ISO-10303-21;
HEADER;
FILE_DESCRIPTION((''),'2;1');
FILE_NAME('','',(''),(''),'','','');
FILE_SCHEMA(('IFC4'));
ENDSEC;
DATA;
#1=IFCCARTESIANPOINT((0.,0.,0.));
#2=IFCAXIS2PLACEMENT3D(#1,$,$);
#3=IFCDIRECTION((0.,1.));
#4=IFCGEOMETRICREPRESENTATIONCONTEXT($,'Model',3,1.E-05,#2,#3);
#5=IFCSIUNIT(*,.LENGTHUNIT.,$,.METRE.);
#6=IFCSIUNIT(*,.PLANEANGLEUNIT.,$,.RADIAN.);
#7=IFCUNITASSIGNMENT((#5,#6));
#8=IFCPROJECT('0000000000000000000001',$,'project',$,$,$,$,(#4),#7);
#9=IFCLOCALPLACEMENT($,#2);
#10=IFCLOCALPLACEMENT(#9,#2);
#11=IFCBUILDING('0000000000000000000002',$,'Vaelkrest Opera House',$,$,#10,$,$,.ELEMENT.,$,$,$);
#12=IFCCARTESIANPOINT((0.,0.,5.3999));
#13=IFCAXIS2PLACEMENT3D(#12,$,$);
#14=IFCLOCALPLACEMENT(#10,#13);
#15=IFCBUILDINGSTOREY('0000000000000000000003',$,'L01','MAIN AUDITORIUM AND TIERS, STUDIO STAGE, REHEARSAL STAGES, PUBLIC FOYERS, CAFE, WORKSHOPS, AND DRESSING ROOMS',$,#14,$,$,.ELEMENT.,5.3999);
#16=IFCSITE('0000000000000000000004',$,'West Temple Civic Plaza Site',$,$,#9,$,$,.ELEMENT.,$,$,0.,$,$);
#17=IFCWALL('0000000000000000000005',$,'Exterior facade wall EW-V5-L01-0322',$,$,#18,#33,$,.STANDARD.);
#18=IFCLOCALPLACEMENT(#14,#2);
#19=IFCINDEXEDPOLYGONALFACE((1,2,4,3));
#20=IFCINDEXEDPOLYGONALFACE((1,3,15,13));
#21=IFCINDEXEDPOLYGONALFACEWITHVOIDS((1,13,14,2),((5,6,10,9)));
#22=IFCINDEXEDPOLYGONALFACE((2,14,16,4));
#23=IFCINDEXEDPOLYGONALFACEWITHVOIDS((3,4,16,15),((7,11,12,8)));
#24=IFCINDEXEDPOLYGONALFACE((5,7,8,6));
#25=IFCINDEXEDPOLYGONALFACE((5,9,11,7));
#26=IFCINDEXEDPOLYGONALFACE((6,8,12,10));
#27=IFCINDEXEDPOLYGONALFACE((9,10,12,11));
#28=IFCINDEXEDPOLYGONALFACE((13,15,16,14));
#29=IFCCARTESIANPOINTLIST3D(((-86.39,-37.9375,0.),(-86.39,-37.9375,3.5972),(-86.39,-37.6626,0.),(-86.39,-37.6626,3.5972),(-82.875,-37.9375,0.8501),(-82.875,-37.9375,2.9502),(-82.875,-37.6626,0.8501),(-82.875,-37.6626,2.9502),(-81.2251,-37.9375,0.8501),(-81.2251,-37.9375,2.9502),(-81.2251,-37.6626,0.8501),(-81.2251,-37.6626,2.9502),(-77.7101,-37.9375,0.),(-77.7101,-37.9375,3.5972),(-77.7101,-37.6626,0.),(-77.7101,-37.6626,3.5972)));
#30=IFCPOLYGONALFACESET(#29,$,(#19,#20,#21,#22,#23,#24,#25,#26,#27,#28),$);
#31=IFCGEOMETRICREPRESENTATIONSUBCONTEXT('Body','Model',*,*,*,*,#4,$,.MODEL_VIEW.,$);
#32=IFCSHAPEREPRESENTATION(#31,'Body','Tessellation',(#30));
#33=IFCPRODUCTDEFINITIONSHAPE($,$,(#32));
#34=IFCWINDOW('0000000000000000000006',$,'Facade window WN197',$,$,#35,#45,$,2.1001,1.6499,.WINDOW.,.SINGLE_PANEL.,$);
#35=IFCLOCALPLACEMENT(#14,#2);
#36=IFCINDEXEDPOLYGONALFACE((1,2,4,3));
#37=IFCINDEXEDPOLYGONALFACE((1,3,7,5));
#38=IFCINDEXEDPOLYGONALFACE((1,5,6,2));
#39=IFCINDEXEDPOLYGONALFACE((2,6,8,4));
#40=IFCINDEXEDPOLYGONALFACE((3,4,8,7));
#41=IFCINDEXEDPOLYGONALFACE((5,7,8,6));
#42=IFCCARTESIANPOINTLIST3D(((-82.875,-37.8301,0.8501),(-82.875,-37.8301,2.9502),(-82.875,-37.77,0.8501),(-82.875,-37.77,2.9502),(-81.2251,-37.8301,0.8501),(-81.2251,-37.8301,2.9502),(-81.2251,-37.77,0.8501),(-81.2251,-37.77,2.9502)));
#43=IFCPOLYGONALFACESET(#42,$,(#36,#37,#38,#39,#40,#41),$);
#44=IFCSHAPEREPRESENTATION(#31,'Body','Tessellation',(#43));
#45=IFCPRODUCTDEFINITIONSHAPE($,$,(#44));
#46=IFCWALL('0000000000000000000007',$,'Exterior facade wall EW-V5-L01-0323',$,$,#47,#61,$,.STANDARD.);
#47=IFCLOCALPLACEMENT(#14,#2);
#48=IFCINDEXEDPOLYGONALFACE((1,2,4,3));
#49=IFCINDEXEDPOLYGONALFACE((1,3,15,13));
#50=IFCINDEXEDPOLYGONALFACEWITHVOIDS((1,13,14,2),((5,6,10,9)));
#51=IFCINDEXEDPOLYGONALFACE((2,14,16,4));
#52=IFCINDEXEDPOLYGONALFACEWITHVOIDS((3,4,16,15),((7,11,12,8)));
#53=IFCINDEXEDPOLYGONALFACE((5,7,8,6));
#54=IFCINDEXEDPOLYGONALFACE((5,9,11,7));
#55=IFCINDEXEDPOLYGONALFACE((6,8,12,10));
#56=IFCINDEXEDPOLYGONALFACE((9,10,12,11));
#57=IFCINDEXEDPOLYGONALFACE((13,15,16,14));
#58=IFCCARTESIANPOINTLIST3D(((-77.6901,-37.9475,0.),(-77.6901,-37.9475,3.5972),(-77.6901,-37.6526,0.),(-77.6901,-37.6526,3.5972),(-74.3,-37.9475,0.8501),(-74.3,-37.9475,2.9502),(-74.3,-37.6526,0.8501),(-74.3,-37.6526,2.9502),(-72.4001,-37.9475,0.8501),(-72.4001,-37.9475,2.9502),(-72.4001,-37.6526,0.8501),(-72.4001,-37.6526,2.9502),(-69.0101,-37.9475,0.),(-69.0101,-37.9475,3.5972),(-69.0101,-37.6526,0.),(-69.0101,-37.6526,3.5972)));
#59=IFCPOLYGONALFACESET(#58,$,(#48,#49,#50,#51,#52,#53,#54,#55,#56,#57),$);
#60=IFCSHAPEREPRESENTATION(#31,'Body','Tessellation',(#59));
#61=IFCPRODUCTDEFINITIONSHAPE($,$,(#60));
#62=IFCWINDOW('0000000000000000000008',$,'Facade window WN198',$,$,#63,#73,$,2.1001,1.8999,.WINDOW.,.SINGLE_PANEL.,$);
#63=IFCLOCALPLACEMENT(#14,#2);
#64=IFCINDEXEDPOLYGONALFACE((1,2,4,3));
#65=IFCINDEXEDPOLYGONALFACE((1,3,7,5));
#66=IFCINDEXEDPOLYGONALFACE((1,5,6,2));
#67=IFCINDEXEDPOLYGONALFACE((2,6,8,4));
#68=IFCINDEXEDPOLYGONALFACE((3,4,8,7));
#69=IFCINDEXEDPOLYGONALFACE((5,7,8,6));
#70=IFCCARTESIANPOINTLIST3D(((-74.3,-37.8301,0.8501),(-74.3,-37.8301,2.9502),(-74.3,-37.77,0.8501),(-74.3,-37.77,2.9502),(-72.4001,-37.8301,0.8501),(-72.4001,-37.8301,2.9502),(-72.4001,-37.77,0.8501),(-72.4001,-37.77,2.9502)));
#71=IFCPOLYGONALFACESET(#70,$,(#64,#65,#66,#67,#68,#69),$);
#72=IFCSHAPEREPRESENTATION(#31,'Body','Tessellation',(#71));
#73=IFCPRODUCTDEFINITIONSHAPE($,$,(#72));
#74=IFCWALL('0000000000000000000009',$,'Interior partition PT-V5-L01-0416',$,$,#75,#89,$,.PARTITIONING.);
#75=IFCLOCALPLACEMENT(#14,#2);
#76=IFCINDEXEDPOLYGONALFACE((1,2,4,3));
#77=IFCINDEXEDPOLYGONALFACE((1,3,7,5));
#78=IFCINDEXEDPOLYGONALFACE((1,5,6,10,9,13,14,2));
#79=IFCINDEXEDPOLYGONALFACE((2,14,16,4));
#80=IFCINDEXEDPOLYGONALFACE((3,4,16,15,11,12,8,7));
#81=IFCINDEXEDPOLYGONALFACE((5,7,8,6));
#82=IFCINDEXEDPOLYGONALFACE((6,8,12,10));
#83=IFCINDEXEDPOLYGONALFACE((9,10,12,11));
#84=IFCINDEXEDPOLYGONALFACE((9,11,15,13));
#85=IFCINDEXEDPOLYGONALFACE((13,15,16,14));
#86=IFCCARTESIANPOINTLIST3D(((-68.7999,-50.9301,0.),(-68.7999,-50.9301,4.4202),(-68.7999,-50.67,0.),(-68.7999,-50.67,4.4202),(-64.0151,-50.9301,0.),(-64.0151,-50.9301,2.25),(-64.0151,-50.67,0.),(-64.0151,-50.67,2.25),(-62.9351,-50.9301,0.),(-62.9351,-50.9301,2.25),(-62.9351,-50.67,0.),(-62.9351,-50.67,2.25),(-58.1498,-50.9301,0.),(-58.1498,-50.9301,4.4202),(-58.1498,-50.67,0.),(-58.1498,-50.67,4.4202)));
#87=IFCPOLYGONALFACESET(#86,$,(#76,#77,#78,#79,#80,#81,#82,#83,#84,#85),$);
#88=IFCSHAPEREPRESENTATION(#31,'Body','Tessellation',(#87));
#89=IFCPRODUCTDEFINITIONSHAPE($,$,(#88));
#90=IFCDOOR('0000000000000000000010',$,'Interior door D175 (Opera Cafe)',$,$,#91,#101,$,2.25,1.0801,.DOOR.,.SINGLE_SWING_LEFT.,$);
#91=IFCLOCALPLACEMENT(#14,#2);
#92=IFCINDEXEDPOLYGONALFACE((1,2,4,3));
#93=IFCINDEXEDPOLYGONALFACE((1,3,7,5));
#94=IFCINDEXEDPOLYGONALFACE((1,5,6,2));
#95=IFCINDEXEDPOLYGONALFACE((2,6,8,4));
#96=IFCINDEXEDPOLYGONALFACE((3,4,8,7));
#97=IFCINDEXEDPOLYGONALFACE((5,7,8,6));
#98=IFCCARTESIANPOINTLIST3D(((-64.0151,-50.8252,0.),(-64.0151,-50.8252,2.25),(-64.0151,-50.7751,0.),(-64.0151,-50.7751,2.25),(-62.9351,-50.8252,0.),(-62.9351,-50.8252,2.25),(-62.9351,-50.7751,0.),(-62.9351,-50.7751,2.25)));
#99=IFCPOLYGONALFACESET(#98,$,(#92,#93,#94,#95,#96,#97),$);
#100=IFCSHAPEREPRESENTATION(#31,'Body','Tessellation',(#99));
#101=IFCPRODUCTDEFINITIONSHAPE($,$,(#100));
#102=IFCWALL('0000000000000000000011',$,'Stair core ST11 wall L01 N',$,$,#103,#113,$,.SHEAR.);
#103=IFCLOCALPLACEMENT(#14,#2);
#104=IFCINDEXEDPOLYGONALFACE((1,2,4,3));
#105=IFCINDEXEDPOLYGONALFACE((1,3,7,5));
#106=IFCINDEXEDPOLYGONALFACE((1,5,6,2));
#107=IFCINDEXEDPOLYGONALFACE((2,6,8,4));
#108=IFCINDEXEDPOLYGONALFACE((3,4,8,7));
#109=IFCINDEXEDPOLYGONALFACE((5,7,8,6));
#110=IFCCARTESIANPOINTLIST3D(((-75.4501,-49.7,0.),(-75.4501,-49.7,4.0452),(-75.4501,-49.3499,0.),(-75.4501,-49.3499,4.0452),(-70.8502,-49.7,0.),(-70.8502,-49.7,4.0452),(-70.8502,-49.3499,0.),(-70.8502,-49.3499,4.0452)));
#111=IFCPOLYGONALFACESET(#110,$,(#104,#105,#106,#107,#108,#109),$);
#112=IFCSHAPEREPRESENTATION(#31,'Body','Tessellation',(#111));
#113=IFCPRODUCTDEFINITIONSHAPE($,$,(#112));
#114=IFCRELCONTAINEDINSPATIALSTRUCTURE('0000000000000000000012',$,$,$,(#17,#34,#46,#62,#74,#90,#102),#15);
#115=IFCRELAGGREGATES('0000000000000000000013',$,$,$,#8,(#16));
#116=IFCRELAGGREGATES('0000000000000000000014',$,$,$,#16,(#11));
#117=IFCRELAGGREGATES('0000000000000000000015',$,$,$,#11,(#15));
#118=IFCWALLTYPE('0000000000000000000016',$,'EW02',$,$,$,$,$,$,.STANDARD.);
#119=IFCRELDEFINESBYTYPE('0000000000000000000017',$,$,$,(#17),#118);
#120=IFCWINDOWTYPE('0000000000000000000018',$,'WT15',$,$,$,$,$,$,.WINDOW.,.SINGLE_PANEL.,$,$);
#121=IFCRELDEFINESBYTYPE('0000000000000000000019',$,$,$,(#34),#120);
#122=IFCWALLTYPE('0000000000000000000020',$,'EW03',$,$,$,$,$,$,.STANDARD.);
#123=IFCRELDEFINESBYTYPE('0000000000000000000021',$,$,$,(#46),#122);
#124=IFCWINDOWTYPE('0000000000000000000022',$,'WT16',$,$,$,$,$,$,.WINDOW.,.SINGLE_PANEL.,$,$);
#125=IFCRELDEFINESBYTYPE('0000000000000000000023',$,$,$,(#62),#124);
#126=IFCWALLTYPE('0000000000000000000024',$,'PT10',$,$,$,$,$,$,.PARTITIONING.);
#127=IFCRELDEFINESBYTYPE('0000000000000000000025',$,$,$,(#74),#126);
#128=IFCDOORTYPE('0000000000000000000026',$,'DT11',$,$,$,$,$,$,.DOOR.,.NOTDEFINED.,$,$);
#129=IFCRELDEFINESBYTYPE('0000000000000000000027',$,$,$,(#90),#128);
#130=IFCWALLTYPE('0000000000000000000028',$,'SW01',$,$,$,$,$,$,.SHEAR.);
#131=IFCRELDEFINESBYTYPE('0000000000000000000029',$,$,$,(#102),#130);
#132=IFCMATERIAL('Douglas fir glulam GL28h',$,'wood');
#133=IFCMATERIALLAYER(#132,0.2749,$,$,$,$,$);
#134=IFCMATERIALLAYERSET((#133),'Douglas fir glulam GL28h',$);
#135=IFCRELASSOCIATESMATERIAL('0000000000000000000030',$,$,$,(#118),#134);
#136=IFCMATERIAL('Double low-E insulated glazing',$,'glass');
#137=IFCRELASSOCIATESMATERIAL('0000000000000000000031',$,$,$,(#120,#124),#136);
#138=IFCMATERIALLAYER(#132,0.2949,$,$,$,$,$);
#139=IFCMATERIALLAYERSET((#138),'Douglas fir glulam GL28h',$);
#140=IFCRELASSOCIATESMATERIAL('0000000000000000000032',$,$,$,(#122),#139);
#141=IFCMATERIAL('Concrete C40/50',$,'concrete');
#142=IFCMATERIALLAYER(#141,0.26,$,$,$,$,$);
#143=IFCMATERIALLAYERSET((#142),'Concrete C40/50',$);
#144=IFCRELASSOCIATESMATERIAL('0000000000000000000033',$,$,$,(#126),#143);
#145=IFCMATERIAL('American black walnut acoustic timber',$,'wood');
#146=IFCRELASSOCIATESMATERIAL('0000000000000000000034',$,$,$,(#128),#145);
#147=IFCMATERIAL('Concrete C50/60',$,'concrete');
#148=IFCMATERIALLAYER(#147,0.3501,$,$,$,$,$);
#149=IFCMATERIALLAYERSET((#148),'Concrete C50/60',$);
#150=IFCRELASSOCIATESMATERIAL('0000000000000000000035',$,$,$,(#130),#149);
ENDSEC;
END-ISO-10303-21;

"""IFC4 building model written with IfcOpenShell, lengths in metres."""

from ifc_helpers import new_model, si_unit, direction, frame, frame_2d, origin, place, context, subcontext, project, spatial, rectangle, extrude, material, layer, layer_set, type_object, element, fill, save


model = new_model("IFC4")

# Units and contexts
model_context = context("Model", 3, precision=1e-05, world=origin(), true_north=direction((0.0, 1.0)))
body_context = subcontext(model_context, "Body", "Model", "MODEL_VIEW")
ifc_project = project(units=[si_unit("LENGTHUNIT", "METRE"), si_unit("PLANEANGLEUNIT", "RADIAN")], contexts=[model_context])

# Site, building, storey
site_placement = place(None, origin())
site = spatial("IfcSite", under=ifc_project, at=site_placement, Name="West Temple Civic Plaza Site", CompositionType="ELEMENT", RefElevation=0.0)
building_placement = place(site_placement, origin())
building = spatial("IfcBuilding", under=site, at=building_placement, Name="Vaelkrest Opera House", CompositionType="ELEMENT")
storey_placement = place(building_placement, frame((0.0, 0.0, 5.3999)))
storey = spatial("IfcBuildingStorey", under=building, at=storey_placement, Name="L01", Description="MAIN AUDITORIUM AND TIERS, STUDIO STAGE, REHEARSAL STAGES, PUBLIC FOYERS, CAFE, WORKSHOPS, AND DRESSING ROOMS", CompositionType="ELEMENT", Elevation=5.3999)

# Walls, openings, windows
ifc_material_1 = material(Name="Douglas fir glulam GL28h", Category="wood")
ifc_material_2 = material(Name="Double low-E insulated glazing", Category="glass")
ifc_layer_1 = layer(ifc_material_1, 0.2749)
ifc_layer_set_1 = layer_set([ifc_layer_1], Name="Douglas fir glulam GL28h")
wall_type_1 = type_object("IfcWallType", Name="EW02", PredefinedType="STANDARD", material=ifc_layer_set_1)
wall_1_placement = place(storey_placement, frame((-86.3899, -37.8, 0.0), z_axis=(0.0, 0.0, 1.0), x_axis=(1.0, 0.0, 0.0)))
wall_1 = element("IfcWall", 1, at=wall_1_placement, inside=storey, type_object=wall_type_1, Name="Exterior facade wall EW-V5-L01-0322", PredefinedType="STANDARD", context=body_context, shape_type="SweptSolid", body=[
    extrude(rectangle(XDim=8.6799, YDim=0.2749, at=frame_2d((4.3398, 0.0))), origin(), (0.0, 0.0, 1.0), 3.5972),
])
opening_1_placement = place(wall_1_placement, frame((3.5149, 0.0, 0.8501)))
opening_1 = element("IfcOpeningElement", 2, at=opening_1_placement, cuts=wall_1, PredefinedType="OPENING", context=body_context, shape_type="SweptSolid", body=[
    extrude(rectangle(XDim=1.6499, YDim=2.1001, at=frame_2d((0.825, 1.05))), frame((0.0, 0.1475, 0.0), z_axis=(0.0, -1.0, 0.0), x_axis=(1.0, 0.0, 0.0)), (0.0, 0.0, 1.0), 0.2949),
])
window_type_1 = type_object("IfcWindowType", Name="WT15", PartitioningType="SINGLE_PANEL", PredefinedType="WINDOW", material=ifc_material_2)
window_1_placement = place(opening_1_placement, origin())
window_1 = element("IfcWindow", 3, at=window_1_placement, inside=storey, type_object=window_type_1, Name="Facade window WN197", OverallHeight=2.1001, OverallWidth=1.6499, PartitioningType="SINGLE_PANEL", PredefinedType="WINDOW", context=body_context, shape_type="SweptSolid", body=[
    extrude(rectangle(XDim=1.6499, YDim=2.1001, at=frame_2d((0.825, 1.05))), frame((0.0, 0.03, 0.0), z_axis=(0.0, -1.0, 0.0), x_axis=(1.0, 0.0, 0.0)), (0.0, 0.0, 1.0), 0.0601),
])
fill(opening_1, window_1)
ifc_layer_2 = layer(ifc_material_1, 0.2949)
ifc_layer_set_2 = layer_set([ifc_layer_2], Name="Douglas fir glulam GL28h")
wall_type_2 = type_object("IfcWallType", Name="EW03", PredefinedType="STANDARD", material=ifc_layer_set_2)
wall_2_placement = place(storey_placement, frame((-77.6899, -37.8, 0.0), z_axis=(0.0, 0.0, 1.0), x_axis=(1.0, 0.0, 0.0)))
wall_2 = element("IfcWall", 4, at=wall_2_placement, inside=storey, type_object=wall_type_2, Name="Exterior facade wall EW-V5-L01-0323", PredefinedType="STANDARD", context=body_context, shape_type="SweptSolid", body=[
    extrude(rectangle(XDim=8.6799, YDim=0.2949, at=frame_2d((4.3398, 0.0))), origin(), (0.0, 0.0, 1.0), 3.5972),
])
opening_2_placement = place(wall_2_placement, frame((3.3899, 0.0, 0.8501)))
opening_2 = element("IfcOpeningElement", 5, at=opening_2_placement, cuts=wall_2, PredefinedType="OPENING", context=body_context, shape_type="SweptSolid", body=[
    extrude(rectangle(XDim=1.8999, YDim=2.1001, at=frame_2d((0.95, 1.05))), frame((0.0, 0.1575, 0.0), z_axis=(0.0, -1.0, 0.0), x_axis=(1.0, 0.0, 0.0)), (0.0, 0.0, 1.0), 0.3149),
])
window_type_2 = type_object("IfcWindowType", Name="WT16", PartitioningType="SINGLE_PANEL", PredefinedType="WINDOW", material=ifc_material_2)
window_2_placement = place(opening_2_placement, origin())
window_2 = element("IfcWindow", 6, at=window_2_placement, inside=storey, type_object=window_type_2, Name="Facade window WN198", OverallHeight=2.1001, OverallWidth=1.8999, PartitioningType="SINGLE_PANEL", PredefinedType="WINDOW", context=body_context, shape_type="SweptSolid", body=[
    extrude(rectangle(XDim=1.8999, YDim=2.1001, at=frame_2d((0.95, 1.05))), frame((0.0, 0.03, 0.0), z_axis=(0.0, -1.0, 0.0), x_axis=(1.0, 0.0, 0.0)), (0.0, 0.0, 1.0), 0.0601),
])
fill(opening_2, window_2)

# Wall, opening, door
ifc_material_3 = material(Name="Concrete C40/50", Category="concrete")
ifc_layer_3 = layer(ifc_material_3, 0.26)
ifc_layer_set_3 = layer_set([ifc_layer_3], Name="Concrete C40/50")
wall_type_3 = type_object("IfcWallType", Name="PT10", PredefinedType="PARTITIONING", material=ifc_layer_set_3)
wall_3_placement = place(storey_placement, frame((-68.8, -50.8, 0.0), z_axis=(0.0, 0.0, 1.0), x_axis=(1.0, 0.0, 0.0)))
wall_3 = element("IfcWall", 7, at=wall_3_placement, inside=storey, type_object=wall_type_3, Name="Interior partition PT-V5-L01-0416", PredefinedType="PARTITIONING", context=body_context, shape_type="SweptSolid", body=[
    extrude(rectangle(XDim=10.6501, YDim=0.26, at=frame_2d((5.3252, 0.0))), origin(), (0.0, 0.0, 1.0), 4.4202),
])
opening_3_placement = place(wall_3_placement, frame((4.7849, 0.0, 0.0)))
opening_3 = element("IfcOpeningElement", 8, at=opening_3_placement, cuts=wall_3, PredefinedType="OPENING", context=body_context, shape_type="SweptSolid", body=[
    extrude(rectangle(XDim=1.0801, YDim=2.25, at=frame_2d((0.54, 1.125))), frame((0.0, 0.1399, 0.0), z_axis=(0.0, -1.0, 0.0), x_axis=(1.0, 0.0, 0.0)), (0.0, 0.0, 1.0), 0.28),
])
ifc_material_4 = material(Name="American black walnut acoustic timber", Category="wood")
door_type_1 = type_object("IfcDoorType", Name="DT11", OperationType="NOTDEFINED", PredefinedType="DOOR", material=ifc_material_4)
door_1_placement = place(opening_3_placement, origin())
door_1 = element("IfcDoor", 9, at=door_1_placement, inside=storey, type_object=door_type_1, Name="Interior door D175 (Opera Cafe)", OperationType="SINGLE_SWING_LEFT", OverallHeight=2.25, OverallWidth=1.0801, PredefinedType="DOOR", context=body_context, shape_type="SweptSolid", body=[
    extrude(rectangle(XDim=1.0801, YDim=2.25, at=frame_2d((0.54, 1.125))), frame((0.0, 0.0249, 0.0), z_axis=(0.0, -1.0, 0.0), x_axis=(1.0, 0.0, 0.0)), (0.0, 0.0, 1.0), 0.05),
])
fill(opening_3, door_1)

# Wall
ifc_material_5 = material(Name="Concrete C50/60", Category="concrete")
ifc_layer_4 = layer(ifc_material_5, 0.3501)
ifc_layer_set_4 = layer_set([ifc_layer_4], Name="Concrete C50/60")
wall_type_4 = type_object("IfcWallType", Name="SW01", PredefinedType="SHEAR", material=ifc_layer_set_4)
wall_4_placement = place(storey_placement, frame((-75.45, -49.5249, 0.0), z_axis=(0.0, 0.0, 1.0), x_axis=(1.0, 0.0, 0.0)))
element("IfcWall", 10, at=wall_4_placement, inside=storey, type_object=wall_type_4, Name="Stair core ST11 wall L01 N", PredefinedType="SHEAR", context=body_context, shape_type="SweptSolid", body=[
    extrude(rectangle(XDim=4.5999, YDim=0.3501, at=frame_2d((2.2998, 0.0))), origin(), (0.0, 0.0, 1.0), 4.0452),
])

save(model, "model.ifc")
